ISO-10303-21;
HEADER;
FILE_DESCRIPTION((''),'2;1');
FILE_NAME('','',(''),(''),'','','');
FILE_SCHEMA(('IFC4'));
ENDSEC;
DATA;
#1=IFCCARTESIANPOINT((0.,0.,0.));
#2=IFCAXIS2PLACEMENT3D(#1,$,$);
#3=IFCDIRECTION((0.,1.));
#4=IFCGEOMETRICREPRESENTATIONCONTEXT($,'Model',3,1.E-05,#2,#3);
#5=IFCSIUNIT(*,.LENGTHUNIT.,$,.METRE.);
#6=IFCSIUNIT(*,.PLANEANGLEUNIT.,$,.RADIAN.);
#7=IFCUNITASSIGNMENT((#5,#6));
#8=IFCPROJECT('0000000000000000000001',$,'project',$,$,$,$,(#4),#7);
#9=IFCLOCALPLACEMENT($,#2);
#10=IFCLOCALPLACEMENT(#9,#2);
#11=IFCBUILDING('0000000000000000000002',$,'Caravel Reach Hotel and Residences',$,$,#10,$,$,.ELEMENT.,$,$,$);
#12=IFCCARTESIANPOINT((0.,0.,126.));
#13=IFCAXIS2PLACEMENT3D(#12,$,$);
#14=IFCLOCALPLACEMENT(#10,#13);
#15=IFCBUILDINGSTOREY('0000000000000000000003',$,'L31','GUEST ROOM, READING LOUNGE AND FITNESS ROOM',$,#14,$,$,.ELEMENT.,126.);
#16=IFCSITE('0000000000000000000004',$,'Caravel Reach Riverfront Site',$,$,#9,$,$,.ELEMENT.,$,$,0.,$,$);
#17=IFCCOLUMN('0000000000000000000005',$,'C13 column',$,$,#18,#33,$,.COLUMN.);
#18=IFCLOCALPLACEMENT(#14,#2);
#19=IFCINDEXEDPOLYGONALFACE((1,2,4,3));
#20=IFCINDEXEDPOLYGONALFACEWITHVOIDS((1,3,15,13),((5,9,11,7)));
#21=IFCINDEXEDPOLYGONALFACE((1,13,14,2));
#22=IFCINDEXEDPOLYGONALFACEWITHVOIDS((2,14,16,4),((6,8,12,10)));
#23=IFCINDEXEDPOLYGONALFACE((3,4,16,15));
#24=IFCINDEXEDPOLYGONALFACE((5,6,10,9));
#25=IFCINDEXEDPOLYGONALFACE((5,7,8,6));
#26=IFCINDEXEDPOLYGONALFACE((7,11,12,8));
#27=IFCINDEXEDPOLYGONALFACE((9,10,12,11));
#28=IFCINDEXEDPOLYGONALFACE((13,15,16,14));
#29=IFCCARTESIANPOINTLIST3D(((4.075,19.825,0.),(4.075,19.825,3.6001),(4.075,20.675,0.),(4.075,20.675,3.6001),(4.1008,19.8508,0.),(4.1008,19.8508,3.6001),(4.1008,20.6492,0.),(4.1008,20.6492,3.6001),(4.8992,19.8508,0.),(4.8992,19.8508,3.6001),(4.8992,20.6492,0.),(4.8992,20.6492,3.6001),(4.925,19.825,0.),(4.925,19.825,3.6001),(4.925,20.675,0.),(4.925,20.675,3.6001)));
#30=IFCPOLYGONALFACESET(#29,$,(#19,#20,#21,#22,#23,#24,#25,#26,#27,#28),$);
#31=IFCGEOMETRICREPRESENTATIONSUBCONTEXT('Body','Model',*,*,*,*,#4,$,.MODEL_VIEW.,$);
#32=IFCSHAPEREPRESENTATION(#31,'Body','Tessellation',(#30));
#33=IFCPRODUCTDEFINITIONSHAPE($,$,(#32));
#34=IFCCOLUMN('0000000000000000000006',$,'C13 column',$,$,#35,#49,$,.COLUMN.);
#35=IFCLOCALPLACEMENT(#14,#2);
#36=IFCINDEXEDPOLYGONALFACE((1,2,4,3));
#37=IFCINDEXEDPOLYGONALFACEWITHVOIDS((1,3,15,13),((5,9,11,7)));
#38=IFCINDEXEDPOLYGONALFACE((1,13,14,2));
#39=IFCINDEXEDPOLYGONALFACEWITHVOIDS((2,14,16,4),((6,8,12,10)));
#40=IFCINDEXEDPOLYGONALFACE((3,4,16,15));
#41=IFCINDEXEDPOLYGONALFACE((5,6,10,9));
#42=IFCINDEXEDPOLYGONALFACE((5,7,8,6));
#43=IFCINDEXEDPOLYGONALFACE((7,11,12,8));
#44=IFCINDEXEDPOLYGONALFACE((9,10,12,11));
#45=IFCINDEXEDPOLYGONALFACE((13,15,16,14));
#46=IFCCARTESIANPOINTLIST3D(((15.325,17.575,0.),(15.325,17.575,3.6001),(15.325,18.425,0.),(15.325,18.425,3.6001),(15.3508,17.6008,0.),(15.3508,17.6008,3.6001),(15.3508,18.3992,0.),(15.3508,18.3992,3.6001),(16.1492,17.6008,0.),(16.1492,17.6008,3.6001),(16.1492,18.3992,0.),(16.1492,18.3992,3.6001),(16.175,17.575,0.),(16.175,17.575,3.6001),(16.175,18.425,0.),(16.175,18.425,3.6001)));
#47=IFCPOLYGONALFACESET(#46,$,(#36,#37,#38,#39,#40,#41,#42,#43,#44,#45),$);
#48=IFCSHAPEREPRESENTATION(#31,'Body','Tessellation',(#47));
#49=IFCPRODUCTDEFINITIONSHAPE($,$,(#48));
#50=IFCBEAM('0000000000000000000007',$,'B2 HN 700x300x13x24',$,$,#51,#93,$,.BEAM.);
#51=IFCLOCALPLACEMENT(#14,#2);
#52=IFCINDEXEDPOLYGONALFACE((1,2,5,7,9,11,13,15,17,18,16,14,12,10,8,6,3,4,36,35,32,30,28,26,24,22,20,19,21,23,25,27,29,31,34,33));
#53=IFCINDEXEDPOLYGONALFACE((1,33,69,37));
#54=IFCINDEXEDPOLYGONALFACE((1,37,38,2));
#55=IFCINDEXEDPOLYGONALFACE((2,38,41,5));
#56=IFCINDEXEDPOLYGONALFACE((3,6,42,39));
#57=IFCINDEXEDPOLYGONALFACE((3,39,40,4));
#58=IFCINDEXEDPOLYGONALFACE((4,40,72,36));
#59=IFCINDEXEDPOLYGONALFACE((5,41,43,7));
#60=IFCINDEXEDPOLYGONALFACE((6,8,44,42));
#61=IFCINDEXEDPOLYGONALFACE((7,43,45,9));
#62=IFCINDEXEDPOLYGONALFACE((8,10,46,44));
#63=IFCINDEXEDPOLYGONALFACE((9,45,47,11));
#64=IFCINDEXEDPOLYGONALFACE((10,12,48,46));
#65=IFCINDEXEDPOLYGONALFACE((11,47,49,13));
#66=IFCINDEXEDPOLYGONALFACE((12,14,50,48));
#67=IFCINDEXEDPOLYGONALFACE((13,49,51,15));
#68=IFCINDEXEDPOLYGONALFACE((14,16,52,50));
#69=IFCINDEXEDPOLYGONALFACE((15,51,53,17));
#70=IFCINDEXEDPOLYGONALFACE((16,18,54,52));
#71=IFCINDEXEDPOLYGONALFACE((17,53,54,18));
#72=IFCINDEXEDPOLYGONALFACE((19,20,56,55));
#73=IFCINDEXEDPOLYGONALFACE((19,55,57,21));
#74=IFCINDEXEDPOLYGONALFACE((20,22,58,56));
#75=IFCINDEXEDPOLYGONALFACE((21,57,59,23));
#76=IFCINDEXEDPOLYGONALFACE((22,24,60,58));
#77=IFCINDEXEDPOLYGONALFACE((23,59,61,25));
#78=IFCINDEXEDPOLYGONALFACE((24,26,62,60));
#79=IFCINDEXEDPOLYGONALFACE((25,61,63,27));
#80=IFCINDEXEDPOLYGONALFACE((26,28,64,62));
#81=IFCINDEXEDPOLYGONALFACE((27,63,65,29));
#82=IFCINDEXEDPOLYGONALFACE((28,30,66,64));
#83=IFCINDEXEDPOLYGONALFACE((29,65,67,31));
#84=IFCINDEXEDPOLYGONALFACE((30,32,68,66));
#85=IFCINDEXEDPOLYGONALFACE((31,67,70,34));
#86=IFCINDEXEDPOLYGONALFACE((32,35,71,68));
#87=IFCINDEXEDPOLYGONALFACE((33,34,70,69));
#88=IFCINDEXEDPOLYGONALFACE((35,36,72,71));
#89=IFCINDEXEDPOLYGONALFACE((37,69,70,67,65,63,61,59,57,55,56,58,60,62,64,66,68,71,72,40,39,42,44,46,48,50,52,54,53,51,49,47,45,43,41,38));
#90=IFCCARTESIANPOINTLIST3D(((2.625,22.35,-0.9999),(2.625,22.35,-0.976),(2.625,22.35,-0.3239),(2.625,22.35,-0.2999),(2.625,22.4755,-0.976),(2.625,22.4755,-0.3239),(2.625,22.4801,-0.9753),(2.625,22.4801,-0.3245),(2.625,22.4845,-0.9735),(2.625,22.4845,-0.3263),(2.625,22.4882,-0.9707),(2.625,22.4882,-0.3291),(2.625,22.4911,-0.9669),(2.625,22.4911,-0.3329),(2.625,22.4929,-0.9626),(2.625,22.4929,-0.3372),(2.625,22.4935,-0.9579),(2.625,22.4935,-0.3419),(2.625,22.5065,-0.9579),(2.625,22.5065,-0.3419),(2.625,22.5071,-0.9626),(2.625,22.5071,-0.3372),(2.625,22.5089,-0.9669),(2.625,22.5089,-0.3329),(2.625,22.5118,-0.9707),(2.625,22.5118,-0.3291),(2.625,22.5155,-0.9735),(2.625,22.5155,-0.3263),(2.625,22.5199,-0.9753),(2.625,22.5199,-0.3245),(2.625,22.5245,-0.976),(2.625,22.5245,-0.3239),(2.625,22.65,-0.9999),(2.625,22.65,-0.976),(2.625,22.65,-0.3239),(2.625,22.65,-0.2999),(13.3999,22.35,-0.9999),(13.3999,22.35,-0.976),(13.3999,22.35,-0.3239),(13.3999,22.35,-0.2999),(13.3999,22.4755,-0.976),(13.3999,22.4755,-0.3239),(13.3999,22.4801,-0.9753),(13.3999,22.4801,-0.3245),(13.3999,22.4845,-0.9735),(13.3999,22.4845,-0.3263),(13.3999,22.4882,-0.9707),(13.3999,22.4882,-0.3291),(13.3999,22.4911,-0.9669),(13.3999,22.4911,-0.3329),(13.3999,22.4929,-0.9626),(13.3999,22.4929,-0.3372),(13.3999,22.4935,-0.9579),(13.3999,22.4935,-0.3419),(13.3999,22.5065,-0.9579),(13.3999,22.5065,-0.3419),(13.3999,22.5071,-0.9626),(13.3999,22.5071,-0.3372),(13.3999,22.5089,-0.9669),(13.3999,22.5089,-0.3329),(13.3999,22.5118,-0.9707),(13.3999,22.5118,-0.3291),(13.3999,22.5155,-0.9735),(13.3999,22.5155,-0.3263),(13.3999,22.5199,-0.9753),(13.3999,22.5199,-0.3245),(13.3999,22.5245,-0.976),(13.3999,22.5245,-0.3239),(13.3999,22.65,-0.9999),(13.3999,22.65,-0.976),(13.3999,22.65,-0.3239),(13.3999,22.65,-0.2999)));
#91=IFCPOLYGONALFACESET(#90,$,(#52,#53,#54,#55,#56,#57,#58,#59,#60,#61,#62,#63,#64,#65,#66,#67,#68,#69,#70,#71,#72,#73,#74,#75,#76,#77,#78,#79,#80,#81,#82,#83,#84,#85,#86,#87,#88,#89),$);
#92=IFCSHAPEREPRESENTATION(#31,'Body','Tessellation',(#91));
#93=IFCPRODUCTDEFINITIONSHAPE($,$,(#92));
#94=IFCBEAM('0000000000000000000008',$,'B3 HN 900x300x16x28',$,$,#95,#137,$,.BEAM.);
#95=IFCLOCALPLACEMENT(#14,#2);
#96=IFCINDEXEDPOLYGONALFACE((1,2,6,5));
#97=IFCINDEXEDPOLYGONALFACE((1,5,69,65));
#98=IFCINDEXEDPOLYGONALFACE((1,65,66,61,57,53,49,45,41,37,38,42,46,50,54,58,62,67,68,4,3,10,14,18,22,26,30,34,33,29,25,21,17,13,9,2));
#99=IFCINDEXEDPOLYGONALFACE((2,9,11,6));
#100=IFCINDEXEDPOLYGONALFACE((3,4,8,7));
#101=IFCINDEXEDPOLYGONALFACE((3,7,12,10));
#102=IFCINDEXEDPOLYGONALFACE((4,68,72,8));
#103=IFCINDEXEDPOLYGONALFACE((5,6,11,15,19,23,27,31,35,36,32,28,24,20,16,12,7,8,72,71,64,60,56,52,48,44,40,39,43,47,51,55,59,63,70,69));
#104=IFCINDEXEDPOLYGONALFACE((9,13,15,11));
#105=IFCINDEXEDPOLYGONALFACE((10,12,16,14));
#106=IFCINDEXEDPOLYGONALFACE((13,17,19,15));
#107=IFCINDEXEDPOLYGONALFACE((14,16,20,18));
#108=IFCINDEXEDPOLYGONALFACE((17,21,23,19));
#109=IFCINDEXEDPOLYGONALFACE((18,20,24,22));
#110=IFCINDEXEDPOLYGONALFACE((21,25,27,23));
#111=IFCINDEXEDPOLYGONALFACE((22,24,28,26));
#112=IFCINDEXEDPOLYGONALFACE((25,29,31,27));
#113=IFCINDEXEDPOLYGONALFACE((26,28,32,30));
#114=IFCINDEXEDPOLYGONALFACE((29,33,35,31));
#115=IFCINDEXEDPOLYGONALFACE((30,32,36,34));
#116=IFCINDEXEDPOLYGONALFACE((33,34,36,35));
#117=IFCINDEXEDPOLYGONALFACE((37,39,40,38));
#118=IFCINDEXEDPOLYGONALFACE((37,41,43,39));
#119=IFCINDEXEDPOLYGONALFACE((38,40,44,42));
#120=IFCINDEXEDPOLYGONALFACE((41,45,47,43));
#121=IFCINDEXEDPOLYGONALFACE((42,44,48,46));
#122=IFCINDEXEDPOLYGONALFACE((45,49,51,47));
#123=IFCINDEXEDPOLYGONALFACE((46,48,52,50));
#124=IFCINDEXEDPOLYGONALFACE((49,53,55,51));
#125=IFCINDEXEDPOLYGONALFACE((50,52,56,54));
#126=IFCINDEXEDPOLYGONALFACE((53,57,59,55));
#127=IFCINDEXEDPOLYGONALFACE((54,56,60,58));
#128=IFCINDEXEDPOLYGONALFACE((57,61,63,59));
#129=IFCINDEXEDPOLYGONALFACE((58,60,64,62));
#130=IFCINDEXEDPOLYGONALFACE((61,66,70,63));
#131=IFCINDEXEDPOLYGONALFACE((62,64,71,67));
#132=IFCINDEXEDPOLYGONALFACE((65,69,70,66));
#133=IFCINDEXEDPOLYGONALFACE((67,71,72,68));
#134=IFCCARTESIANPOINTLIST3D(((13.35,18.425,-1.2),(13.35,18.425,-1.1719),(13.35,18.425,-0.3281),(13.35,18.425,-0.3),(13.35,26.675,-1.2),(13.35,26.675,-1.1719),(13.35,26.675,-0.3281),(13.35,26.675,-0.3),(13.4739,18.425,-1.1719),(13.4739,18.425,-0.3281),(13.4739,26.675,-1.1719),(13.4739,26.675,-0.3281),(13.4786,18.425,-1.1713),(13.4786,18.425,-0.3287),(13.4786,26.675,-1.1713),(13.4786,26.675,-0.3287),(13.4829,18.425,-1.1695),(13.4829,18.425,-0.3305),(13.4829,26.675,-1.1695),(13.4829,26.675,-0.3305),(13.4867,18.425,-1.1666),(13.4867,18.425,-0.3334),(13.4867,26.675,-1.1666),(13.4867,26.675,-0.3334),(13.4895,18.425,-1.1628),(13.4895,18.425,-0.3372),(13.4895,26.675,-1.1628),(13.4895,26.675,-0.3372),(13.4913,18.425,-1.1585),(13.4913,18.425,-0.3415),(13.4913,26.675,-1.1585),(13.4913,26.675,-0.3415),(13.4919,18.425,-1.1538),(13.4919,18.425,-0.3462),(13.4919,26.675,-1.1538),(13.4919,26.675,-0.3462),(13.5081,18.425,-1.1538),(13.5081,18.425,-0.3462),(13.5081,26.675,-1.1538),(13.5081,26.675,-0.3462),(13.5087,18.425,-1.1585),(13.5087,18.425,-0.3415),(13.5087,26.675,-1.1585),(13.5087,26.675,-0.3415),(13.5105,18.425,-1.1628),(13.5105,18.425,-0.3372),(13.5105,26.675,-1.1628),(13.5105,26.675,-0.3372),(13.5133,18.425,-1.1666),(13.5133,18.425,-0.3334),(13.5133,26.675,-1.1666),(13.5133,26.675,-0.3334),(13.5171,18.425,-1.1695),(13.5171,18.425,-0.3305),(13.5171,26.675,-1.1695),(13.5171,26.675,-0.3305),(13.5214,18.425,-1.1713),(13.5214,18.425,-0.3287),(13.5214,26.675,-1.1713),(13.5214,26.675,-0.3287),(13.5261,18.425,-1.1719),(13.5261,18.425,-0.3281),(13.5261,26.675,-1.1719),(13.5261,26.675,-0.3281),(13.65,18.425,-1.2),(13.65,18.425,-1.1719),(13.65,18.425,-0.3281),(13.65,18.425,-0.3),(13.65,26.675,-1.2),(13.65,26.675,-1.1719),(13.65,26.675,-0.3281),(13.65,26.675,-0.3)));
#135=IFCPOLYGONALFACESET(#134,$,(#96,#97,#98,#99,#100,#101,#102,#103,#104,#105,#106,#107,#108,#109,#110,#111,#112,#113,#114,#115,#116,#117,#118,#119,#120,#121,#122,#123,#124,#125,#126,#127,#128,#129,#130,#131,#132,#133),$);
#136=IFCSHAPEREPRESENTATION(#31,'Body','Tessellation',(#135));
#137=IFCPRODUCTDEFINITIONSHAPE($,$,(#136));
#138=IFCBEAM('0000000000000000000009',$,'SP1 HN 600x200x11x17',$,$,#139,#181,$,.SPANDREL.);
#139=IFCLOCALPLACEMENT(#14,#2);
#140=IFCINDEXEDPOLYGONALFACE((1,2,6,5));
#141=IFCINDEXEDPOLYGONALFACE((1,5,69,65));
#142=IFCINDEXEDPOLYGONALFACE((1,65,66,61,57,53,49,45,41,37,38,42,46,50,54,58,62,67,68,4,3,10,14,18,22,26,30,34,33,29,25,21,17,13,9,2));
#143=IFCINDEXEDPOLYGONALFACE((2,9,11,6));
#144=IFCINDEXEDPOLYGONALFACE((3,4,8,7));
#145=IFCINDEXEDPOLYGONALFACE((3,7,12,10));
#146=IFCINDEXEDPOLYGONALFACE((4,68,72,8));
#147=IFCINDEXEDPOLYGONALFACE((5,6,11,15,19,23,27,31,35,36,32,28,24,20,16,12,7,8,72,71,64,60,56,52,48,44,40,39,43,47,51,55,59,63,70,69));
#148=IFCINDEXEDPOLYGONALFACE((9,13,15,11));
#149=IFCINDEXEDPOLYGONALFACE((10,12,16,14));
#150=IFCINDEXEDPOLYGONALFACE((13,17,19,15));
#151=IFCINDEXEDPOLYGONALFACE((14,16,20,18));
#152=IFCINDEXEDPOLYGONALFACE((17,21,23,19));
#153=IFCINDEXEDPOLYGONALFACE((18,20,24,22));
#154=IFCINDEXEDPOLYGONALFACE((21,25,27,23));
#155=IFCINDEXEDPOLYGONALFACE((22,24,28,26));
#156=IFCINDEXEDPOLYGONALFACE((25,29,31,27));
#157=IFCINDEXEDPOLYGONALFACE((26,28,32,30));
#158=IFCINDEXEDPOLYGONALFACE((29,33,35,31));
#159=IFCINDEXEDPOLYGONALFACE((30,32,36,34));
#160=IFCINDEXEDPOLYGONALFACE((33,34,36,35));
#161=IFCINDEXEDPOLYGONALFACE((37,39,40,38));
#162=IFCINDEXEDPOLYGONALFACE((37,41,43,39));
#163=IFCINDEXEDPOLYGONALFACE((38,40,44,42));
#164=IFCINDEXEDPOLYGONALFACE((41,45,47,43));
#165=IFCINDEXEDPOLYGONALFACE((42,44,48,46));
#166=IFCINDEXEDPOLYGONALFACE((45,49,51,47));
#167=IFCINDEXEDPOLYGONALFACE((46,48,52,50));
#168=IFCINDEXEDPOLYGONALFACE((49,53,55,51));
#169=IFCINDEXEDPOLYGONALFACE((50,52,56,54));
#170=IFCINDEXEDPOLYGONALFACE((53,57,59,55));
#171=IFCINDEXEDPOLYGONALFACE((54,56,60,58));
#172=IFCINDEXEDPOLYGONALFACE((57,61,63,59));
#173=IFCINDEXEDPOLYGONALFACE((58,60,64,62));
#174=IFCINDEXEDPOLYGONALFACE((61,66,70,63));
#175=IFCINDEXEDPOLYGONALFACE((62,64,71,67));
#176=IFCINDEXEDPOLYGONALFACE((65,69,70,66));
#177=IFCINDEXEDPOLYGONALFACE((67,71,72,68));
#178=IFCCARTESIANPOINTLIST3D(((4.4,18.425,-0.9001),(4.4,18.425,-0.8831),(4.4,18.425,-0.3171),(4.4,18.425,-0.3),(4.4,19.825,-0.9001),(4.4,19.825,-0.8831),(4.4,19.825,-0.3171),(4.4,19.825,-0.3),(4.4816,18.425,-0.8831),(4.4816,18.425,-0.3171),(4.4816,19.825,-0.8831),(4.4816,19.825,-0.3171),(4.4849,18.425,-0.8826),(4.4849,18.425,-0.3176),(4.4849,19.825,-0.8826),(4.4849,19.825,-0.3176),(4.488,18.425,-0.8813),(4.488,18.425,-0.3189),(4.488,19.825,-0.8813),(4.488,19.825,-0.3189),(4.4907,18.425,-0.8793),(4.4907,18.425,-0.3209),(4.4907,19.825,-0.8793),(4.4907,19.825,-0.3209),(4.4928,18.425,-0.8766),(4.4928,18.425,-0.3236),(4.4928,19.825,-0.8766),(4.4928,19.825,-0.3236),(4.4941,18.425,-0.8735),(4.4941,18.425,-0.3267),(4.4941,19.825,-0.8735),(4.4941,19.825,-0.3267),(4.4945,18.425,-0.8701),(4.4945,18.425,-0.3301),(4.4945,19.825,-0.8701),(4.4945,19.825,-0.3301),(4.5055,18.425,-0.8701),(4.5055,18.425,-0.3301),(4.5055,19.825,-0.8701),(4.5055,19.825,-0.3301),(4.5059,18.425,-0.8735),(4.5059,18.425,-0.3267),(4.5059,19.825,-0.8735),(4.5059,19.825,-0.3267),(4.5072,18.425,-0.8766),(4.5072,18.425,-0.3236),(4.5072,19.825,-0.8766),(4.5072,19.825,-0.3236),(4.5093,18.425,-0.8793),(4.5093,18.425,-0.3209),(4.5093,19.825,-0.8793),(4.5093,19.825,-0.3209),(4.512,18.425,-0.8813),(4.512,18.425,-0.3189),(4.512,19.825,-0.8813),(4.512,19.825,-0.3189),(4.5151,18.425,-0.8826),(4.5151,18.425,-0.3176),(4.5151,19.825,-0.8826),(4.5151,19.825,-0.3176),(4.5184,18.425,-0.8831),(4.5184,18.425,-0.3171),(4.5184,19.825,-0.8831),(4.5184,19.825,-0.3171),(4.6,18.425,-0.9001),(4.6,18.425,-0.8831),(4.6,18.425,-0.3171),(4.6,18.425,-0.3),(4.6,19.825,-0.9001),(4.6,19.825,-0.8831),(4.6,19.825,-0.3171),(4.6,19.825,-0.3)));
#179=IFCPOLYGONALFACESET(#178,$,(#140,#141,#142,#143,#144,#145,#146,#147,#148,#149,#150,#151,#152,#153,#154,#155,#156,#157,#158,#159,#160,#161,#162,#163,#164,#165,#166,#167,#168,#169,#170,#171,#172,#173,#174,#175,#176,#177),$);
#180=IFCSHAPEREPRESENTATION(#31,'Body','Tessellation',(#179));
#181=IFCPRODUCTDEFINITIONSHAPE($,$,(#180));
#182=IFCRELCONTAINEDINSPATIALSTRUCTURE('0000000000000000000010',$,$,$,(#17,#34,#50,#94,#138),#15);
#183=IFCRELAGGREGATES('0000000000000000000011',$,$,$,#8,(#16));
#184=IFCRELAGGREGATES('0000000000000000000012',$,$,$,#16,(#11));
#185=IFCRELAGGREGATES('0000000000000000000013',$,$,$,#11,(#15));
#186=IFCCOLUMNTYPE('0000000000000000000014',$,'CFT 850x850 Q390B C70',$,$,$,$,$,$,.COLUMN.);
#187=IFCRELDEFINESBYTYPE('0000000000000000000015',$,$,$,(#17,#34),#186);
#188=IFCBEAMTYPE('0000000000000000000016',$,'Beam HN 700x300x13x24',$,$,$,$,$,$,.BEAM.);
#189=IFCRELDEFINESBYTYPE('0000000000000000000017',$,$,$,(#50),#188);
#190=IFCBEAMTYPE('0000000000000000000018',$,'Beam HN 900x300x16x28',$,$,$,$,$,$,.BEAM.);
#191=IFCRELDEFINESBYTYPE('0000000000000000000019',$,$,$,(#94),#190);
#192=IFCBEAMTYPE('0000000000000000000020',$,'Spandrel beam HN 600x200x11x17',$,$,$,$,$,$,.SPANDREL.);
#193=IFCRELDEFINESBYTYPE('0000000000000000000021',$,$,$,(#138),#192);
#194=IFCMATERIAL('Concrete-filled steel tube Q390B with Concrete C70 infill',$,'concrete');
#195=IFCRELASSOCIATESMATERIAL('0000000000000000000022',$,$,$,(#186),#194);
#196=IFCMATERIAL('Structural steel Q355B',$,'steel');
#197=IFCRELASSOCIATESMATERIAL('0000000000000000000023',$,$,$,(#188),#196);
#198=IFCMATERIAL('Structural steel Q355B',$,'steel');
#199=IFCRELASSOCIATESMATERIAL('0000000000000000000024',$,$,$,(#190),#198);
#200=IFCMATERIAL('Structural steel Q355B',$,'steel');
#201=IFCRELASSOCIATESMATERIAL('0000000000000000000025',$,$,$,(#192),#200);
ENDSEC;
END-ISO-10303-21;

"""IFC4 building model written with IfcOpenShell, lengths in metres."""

from ifc_helpers import new_model, si_unit, direction, frame, origin, origin_2d, place, context, subcontext, project, spatial, hollow_rectangle, i_section, extrude, material, material_profile, profile_set, type_object, element, save


model = new_model("IFC4")

# Units and contexts
model_context = context("Model", 3, precision=1e-05, world=origin(), true_north=direction((0.0, 1.0)))
body_context = subcontext(model_context, "Body", "Model", "MODEL_VIEW")
ifc_project = project(units=[si_unit("LENGTHUNIT", "METRE"), si_unit("PLANEANGLEUNIT", "RADIAN")], contexts=[model_context])

# Site, building, storey
site_placement = place(None, origin())
site = spatial("IfcSite", under=ifc_project, at=site_placement, Name="Caravel Reach Riverfront Site", CompositionType="ELEMENT", RefElevation=0.0)
building_placement = place(site_placement, origin())
building = spatial("IfcBuilding", under=site, at=building_placement, Name="Caravel Reach Hotel and Residences", CompositionType="ELEMENT")
storey_placement = place(building_placement, frame((0.0, 0.0, 126.0)))
storey = spatial("IfcBuildingStorey", under=building, at=storey_placement, Name="L31", Description="GUEST ROOM, READING LOUNGE AND FITNESS ROOM", CompositionType="ELEMENT", Elevation=126.0)

# Columns
ifc_material_1 = material(Name="Concrete-filled steel tube Q390B with Concrete C70 infill", Category="concrete")
ifc_material_profile_1 = material_profile(ifc_material_1, hollow_rectangle(XDim=0.8501, YDim=0.8501, WallThickness=0.0259, at=origin_2d()), Name="RHS 850x850x26")
ifc_profile_set_1 = profile_set([ifc_material_profile_1], Name="Concrete-filled steel tube Q390B with Concrete C70 infill")
column_type = type_object("IfcColumnType", Name="CFT 850x850 Q390B C70", PredefinedType="COLUMN", material=ifc_profile_set_1)
for number, where, z_axis, x_axis, name in (
    (1, (4.5, 20.25, 0.0), (0.0, 0.0, 1.0), (1.0, 0.0, 0.0), "C13 column"),
    (2, (15.75, 18.0, 0.0), (0.0, 0.0, 1.0), (1.0, 0.0, 0.0), "C13 column"),
):
    element("IfcColumn", number, at=place(storey_placement, frame(where, z_axis=z_axis, x_axis=x_axis)), inside=storey, type_object=column_type, Name=name, PredefinedType="COLUMN", context=body_context, shape_type="SweptSolid", body=[
        extrude(hollow_rectangle(XDim=0.8501, YDim=0.8501, WallThickness=0.0259, at=origin_2d()), origin(), (0.0, 0.0, 1.0), 3.6001),
    ])

# Beams
ifc_material_2 = material(Name="Structural steel Q355B", Category="steel")
ifc_material_profile_2 = material_profile(ifc_material_2, i_section(OverallWidth=0.3, OverallDepth=0.7, WebThickness=0.0129, FlangeThickness=0.0239, FilletRadius=0.0181, at=origin_2d()), Name="HN 700x300x13x24")
ifc_profile_set_2 = profile_set([ifc_material_profile_2], Name="Structural steel Q355B")
beam_type_1 = type_object("IfcBeamType", Name="Beam HN 700x300x13x24", PredefinedType="BEAM", material=ifc_profile_set_2)
beam_1_placement = place(storey_placement, frame((13.3999, 22.5, -0.6499), z_axis=(-1.0, 0.0, 0.0), x_axis=(0.0, -1.0, 0.0)))
element("IfcBeam", 3, at=beam_1_placement, inside=storey, type_object=beam_type_1, Name="B2 HN 700x300x13x24", PredefinedType="BEAM", context=body_context, shape_type="SweptSolid", body=[
    extrude(i_section(OverallWidth=0.3, OverallDepth=0.7, WebThickness=0.0129, FlangeThickness=0.0239, FilletRadius=0.0181, at=origin_2d()), origin(), (0.0, 0.0, 1.0), 10.7749),
])
ifc_material_3 = material(Name="Structural steel Q355B", Category="steel")
ifc_material_profile_3 = material_profile(ifc_material_3, i_section(OverallWidth=0.3, OverallDepth=0.8999, WebThickness=0.0161, FlangeThickness=0.0281, FilletRadius=0.0181, at=origin_2d()), Name="HN 900x300x16x28")
ifc_profile_set_3 = profile_set([ifc_material_profile_3], Name="Structural steel Q355B")
beam_type_2 = type_object("IfcBeamType", Name="Beam HN 900x300x16x28", PredefinedType="BEAM", material=ifc_profile_set_3)
beam_2_placement = place(storey_placement, frame((13.5, 18.425, -0.75), z_axis=(0.0, 1.0, 0.0), x_axis=(-1.0, 0.0, 0.0)))
element("IfcBeam", 4, at=beam_2_placement, inside=storey, type_object=beam_type_2, Name="B3 HN 900x300x16x28", PredefinedType="BEAM", context=body_context, shape_type="SweptSolid", body=[
    extrude(i_section(OverallWidth=0.3, OverallDepth=0.8999, WebThickness=0.0161, FlangeThickness=0.0281, FilletRadius=0.0181, at=origin_2d()), origin(), (0.0, 0.0, 1.0), 8.25),
])
ifc_material_4 = material(Name="Structural steel Q355B", Category="steel")
ifc_material_profile_4 = material_profile(ifc_material_4, i_section(OverallWidth=0.2, OverallDepth=0.6001, WebThickness=0.011, FlangeThickness=0.0171, FilletRadius=0.0129, at=origin_2d()), Name="HN 600x200x11x17")
ifc_profile_set_4 = profile_set([ifc_material_profile_4], Name="Structural steel Q355B")
beam_type_3 = type_object("IfcBeamType", Name="Spandrel beam HN 600x200x11x17", PredefinedType="SPANDREL", material=ifc_profile_set_4)
beam_3_placement = place(storey_placement, frame((4.5, 19.825, -0.6001), z_axis=(0.0, -1.0, 0.0), x_axis=(1.0, 0.0, 0.0)))
element("IfcBeam", 5, at=beam_3_placement, inside=storey, type_object=beam_type_3, Name="SP1 HN 600x200x11x17", PredefinedType="SPANDREL", context=body_context, shape_type="SweptSolid", body=[
    extrude(i_section(OverallWidth=0.2, OverallDepth=0.6001, WebThickness=0.011, FlangeThickness=0.0171, FilletRadius=0.0129, at=origin_2d()), origin(), (0.0, 0.0, 1.0), 1.3999),
])

save(model, "model.ifc")
